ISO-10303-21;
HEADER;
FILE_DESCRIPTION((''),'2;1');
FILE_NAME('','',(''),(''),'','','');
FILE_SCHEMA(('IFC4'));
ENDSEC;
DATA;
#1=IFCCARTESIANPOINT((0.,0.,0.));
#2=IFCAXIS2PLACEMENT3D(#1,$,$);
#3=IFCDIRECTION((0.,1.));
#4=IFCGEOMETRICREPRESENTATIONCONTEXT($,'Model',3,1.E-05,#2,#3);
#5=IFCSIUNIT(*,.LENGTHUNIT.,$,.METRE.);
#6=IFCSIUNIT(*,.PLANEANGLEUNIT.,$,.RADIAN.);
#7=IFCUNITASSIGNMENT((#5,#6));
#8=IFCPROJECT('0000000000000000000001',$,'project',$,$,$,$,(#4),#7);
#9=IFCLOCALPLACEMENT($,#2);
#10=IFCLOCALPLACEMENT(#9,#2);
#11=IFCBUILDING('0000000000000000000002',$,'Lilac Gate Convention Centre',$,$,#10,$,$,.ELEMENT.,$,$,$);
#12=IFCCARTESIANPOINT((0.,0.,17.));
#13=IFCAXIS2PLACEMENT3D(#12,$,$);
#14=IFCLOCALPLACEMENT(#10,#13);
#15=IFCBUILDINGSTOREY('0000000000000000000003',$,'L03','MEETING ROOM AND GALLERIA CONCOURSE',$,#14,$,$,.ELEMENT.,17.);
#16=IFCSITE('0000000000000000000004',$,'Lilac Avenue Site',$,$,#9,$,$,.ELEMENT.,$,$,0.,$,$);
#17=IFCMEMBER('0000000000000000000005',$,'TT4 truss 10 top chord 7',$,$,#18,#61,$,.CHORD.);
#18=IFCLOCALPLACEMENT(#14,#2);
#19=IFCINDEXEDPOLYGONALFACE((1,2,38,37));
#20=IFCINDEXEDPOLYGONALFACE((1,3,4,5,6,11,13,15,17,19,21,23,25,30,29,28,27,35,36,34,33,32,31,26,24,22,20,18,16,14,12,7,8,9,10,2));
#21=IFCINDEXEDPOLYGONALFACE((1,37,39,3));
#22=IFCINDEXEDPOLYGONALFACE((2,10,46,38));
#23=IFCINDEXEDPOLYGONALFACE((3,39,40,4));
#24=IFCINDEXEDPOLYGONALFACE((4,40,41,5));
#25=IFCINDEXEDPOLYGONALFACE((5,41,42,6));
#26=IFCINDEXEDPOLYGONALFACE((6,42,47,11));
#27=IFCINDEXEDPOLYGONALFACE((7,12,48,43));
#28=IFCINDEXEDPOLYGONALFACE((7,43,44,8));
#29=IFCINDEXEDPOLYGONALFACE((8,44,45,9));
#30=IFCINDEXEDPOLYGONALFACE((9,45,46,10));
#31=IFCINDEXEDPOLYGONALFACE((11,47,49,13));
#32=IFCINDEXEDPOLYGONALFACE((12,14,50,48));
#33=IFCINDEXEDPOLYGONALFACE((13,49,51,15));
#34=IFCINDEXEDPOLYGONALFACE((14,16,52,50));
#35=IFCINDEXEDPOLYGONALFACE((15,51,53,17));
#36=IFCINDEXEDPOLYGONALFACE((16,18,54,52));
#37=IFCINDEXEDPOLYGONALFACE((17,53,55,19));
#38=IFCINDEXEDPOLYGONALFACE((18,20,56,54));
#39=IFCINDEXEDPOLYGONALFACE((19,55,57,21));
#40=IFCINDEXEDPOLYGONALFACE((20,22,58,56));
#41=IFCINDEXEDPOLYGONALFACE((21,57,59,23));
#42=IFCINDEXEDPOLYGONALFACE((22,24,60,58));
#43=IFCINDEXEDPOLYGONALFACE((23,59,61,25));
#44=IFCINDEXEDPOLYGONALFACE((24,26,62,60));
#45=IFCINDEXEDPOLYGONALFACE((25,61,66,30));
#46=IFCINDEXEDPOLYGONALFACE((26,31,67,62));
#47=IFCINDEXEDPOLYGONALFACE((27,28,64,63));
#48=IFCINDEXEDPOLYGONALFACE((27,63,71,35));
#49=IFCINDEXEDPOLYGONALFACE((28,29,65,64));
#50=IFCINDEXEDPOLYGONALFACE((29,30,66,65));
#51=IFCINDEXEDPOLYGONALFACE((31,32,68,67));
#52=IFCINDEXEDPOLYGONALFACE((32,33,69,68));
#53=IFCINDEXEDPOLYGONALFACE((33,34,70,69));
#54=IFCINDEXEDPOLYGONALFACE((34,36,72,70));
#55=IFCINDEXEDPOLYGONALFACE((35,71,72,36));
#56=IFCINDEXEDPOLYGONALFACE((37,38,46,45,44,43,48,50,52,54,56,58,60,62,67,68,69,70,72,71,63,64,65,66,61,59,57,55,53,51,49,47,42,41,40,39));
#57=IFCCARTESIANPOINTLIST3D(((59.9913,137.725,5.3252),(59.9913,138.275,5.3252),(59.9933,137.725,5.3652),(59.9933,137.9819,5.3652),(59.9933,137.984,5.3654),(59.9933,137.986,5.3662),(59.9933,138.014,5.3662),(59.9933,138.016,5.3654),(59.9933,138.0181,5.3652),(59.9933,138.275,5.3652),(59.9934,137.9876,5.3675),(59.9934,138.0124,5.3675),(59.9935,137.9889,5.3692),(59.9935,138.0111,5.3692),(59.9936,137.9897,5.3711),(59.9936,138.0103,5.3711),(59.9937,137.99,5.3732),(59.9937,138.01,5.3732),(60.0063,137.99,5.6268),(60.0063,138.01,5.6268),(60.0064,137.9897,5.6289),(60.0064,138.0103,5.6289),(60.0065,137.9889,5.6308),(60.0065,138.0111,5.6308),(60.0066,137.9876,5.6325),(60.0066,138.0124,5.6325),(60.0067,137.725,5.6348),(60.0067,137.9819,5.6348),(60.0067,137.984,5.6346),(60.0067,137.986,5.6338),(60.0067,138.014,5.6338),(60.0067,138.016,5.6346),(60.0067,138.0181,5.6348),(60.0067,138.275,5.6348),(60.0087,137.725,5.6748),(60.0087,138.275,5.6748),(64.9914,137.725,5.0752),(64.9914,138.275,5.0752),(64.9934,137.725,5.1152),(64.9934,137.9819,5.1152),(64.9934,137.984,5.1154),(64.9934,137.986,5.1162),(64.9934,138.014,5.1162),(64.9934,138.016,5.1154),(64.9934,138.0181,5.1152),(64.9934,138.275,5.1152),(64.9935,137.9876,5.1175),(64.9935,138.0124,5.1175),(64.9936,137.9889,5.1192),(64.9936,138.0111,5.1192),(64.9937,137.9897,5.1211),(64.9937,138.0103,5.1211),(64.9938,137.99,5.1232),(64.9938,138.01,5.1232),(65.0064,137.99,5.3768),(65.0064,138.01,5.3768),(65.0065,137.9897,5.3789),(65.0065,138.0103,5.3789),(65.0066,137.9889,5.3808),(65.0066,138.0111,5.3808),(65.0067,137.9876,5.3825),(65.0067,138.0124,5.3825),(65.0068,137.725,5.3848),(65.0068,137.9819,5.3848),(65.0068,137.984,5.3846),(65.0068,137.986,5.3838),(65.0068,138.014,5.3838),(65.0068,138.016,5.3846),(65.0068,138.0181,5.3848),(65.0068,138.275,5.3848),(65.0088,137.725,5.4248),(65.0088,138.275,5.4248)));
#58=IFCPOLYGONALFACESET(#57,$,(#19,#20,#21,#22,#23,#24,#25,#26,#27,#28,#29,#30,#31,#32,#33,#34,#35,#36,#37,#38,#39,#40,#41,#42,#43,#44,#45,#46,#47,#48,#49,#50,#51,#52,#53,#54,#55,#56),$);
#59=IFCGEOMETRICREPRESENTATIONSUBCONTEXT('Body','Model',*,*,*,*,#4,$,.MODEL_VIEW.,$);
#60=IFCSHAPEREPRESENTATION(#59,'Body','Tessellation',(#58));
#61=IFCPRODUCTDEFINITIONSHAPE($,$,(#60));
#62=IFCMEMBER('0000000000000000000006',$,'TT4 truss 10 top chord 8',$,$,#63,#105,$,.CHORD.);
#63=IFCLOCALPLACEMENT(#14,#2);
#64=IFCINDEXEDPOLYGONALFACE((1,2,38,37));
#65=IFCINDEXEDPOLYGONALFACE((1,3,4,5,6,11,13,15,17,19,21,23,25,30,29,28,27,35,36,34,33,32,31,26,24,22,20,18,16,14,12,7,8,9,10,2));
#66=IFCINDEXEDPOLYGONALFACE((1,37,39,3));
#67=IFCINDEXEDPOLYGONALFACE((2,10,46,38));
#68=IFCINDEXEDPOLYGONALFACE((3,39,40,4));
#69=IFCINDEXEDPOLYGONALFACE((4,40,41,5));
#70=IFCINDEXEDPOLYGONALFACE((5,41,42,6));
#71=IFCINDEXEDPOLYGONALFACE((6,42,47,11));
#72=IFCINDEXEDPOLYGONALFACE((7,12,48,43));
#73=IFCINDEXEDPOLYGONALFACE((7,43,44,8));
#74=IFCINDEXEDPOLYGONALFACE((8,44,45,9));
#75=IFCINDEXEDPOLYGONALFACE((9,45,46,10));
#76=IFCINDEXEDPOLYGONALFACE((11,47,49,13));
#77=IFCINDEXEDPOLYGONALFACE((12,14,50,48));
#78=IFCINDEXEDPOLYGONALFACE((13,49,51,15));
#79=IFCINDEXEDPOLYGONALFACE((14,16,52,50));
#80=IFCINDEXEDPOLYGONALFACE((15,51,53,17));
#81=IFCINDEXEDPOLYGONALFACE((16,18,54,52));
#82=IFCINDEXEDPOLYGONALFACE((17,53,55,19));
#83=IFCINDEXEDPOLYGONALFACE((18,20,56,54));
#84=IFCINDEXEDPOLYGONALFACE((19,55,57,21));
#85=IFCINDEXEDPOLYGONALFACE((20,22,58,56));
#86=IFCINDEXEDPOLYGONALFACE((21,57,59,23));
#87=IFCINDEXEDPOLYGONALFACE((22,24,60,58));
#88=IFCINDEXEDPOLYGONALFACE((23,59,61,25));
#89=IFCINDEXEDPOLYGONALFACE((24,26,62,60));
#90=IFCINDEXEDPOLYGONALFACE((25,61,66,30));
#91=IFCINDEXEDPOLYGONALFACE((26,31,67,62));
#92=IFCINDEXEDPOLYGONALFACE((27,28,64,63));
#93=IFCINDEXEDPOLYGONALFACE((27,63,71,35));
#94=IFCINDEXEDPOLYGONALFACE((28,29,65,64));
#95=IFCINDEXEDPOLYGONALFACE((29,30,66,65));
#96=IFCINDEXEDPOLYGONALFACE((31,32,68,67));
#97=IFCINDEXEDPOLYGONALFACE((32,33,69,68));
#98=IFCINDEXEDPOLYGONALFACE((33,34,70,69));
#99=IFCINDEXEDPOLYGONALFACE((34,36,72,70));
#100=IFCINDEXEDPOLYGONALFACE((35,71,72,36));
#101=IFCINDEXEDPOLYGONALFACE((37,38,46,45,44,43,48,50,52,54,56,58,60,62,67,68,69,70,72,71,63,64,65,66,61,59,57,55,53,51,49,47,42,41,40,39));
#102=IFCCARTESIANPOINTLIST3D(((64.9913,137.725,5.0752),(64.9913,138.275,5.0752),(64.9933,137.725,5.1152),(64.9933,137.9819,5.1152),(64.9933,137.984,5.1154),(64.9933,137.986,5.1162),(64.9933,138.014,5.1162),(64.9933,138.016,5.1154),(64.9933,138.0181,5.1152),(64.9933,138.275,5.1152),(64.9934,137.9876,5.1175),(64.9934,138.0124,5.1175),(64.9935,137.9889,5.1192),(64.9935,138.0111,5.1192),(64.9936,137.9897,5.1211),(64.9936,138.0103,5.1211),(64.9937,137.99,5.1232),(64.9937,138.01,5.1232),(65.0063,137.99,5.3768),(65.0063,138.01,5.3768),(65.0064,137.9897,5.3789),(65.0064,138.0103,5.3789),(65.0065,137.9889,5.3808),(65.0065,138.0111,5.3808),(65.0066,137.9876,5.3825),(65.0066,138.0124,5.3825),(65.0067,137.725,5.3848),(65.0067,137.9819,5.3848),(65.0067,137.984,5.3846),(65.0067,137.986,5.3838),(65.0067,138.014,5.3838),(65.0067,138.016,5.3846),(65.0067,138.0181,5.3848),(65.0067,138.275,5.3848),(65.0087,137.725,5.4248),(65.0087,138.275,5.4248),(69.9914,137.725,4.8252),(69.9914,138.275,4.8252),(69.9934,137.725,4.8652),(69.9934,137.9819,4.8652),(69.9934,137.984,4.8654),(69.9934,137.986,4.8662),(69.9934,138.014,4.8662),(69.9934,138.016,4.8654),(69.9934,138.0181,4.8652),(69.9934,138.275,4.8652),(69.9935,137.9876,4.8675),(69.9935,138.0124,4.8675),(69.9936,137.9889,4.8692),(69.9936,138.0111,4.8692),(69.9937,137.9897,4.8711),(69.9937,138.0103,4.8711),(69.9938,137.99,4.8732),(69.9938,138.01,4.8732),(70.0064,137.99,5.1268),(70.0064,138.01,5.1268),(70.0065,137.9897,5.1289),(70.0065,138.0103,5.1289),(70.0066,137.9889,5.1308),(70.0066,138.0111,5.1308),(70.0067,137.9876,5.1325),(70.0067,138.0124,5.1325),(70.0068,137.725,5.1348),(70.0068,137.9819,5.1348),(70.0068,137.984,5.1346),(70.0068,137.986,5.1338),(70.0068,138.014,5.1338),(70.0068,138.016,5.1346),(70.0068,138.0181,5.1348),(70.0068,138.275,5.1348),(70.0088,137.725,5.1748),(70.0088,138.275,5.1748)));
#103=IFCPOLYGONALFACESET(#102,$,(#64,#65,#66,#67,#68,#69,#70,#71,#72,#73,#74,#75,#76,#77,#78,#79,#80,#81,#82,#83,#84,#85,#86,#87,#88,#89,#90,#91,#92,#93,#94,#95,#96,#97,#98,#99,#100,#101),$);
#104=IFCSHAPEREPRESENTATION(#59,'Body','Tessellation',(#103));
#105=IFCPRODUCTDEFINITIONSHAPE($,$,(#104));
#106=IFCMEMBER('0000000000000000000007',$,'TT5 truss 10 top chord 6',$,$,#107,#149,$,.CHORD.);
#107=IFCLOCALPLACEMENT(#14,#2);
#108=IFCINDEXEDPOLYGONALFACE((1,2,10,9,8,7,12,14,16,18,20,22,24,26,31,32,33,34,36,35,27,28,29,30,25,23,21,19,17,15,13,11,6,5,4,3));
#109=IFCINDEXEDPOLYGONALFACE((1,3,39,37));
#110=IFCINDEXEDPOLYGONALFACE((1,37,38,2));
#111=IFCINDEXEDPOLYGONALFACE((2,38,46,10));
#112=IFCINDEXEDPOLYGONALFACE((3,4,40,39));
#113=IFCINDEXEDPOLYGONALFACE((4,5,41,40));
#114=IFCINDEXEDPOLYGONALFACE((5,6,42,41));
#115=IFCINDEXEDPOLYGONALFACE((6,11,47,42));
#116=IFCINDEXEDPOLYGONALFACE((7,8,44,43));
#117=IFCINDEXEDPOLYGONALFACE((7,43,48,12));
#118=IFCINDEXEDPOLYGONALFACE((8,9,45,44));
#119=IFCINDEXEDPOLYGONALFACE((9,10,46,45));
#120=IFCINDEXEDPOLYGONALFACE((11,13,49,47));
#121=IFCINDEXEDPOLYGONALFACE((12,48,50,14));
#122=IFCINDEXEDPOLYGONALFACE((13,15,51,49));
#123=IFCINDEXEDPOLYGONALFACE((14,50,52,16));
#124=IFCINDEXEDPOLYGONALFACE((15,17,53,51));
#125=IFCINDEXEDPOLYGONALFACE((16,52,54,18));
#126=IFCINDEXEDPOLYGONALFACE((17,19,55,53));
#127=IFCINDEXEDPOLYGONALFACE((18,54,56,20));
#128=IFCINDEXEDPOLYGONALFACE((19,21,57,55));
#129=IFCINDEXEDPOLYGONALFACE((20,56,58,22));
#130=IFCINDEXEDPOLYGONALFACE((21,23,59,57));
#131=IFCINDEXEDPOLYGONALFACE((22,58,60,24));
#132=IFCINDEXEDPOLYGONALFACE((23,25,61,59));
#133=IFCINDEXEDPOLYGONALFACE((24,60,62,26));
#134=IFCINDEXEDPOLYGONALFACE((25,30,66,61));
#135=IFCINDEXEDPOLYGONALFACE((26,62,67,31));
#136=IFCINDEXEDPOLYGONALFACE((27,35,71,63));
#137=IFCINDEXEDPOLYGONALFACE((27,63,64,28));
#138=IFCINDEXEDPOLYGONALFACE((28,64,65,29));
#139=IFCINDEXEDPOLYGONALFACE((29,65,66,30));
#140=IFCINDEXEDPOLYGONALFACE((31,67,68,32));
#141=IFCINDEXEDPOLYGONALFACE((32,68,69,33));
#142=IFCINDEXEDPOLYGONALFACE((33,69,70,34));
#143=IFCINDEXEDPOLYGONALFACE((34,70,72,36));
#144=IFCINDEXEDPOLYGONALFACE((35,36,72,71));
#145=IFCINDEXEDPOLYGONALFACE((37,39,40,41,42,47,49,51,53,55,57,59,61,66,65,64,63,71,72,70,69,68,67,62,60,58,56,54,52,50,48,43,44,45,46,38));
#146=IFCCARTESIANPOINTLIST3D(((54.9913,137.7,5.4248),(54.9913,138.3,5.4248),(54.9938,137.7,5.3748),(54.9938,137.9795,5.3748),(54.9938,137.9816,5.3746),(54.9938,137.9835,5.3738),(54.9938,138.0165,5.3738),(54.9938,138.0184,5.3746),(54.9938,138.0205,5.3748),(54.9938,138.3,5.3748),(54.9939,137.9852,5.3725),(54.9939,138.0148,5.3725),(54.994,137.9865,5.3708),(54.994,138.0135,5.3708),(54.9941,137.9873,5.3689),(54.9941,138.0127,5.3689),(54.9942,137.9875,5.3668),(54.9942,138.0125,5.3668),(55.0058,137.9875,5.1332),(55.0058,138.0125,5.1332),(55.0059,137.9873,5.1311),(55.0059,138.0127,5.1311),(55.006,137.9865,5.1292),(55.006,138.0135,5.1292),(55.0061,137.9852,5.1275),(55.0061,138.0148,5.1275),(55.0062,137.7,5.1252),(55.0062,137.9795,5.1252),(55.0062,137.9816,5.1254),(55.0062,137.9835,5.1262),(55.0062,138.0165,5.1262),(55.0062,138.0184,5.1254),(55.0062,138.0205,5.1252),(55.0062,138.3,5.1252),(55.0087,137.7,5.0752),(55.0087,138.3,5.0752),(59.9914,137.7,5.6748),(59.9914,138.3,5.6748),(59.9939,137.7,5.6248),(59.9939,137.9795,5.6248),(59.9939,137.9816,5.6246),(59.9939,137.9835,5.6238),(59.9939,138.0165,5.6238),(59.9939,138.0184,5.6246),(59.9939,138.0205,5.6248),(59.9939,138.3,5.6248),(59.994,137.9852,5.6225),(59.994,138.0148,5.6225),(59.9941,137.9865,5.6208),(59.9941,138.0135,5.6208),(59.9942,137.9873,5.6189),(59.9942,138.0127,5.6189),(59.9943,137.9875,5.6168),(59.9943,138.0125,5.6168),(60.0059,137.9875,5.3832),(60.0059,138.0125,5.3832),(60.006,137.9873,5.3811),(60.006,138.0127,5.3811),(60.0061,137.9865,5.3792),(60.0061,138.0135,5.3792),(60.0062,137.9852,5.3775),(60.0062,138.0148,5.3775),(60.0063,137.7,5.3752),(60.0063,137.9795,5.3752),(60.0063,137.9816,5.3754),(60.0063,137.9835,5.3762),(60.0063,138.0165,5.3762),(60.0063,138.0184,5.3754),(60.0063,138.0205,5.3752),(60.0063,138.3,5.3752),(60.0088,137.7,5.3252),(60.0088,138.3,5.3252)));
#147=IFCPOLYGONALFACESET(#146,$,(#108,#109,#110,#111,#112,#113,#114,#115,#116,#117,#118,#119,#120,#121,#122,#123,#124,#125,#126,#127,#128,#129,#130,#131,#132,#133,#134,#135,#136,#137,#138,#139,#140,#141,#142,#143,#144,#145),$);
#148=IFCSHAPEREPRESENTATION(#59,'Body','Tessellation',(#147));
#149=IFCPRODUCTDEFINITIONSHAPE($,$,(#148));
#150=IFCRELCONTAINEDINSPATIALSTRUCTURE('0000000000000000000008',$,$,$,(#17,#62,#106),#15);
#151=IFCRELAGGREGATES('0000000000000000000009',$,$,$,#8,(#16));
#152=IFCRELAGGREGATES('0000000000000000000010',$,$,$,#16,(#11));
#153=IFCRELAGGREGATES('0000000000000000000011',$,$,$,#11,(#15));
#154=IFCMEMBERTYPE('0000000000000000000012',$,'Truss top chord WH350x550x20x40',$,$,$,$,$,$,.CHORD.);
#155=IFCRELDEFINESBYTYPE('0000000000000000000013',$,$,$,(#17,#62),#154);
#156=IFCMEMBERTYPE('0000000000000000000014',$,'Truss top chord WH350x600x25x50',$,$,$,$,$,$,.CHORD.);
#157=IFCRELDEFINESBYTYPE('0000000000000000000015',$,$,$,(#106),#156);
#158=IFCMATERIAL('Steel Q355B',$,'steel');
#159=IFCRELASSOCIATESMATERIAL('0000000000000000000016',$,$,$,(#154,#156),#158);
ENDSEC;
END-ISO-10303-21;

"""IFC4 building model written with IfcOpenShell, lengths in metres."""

from ifc_helpers import new_model, si_unit, direction, frame, origin, origin_2d, place, context, subcontext, project, spatial, i_section, extrude, material, material_profile, profile_set, type_object, element, save


model = new_model("IFC4")

# Units and contexts
model_context = context("Model", 3, precision=1e-05, world=origin(), true_north=direction((0.0, 1.0)))
body_context = subcontext(model_context, "Body", "Model", "MODEL_VIEW")
ifc_project = project(units=[si_unit("LENGTHUNIT", "METRE"), si_unit("PLANEANGLEUNIT", "RADIAN")], contexts=[model_context])

# Site, building, storey
site_placement = place(None, origin())
site = spatial("IfcSite", under=ifc_project, at=site_placement, Name="Lilac Avenue Site", CompositionType="ELEMENT", RefElevation=0.0)
building_placement = place(site_placement, origin())
building = spatial("IfcBuilding", under=site, at=building_placement, Name="Lilac Gate Convention Centre", CompositionType="ELEMENT")
storey_placement = place(building_placement, frame((0.0, 0.0, 17.0)))
storey = spatial("IfcBuildingStorey", under=building, at=storey_placement, Name="L03", Description="MEETING ROOM AND GALLERIA CONCOURSE", CompositionType="ELEMENT", Elevation=17.0)

# Members
ifc_material = material(Name="Steel Q355B", Category="steel")
ifc_material_profile_1 = material_profile(ifc_material, i_section(OverallWidth=0.55, OverallDepth=0.3501, WebThickness=0.02, FlangeThickness=0.04, FilletRadius=0.0081, at=origin_2d()), Name="WH350x550x20x40")
ifc_profile_set_1 = profile_set([ifc_material_profile_1], Name="Steel Q355B")
member_type_1 = type_object("IfcMemberType", Name="Truss top chord WH350x550x20x40", PredefinedType="CHORD", material=ifc_profile_set_1)
for number, where, z_axis, x_axis, name in (
    (1, (60.0, 138.0, 5.5), (0.998752, 0.0, -0.049938), (0.0, 1.0, 0.0), "TT4 truss 10 top chord 7"),
    (2, (65.0, 138.0, 5.25), (0.998752, 0.0, -0.049938), (0.0, 1.0, 0.0), "TT4 truss 10 top chord 8"),
):
    element("IfcMember", number, at=place(storey_placement, frame(where, z_axis=z_axis, x_axis=x_axis)), inside=storey, type_object=member_type_1, Name=name, PredefinedType="CHORD", context=body_context, shape_type="SweptSolid", body=[
        extrude(i_section(OverallWidth=0.55, OverallDepth=0.3501, WebThickness=0.02, FlangeThickness=0.04, FilletRadius=0.0081, at=origin_2d()), origin(), (0.0, 0.0, 1.0), 5.0063),
    ])
ifc_material_profile_2 = material_profile(ifc_material, i_section(OverallWidth=0.6001, OverallDepth=0.3501, WebThickness=0.0249, FlangeThickness=0.05, FilletRadius=0.0081, at=origin_2d()), Name="WH350x600x25x50")
ifc_profile_set_2 = profile_set([ifc_material_profile_2], Name="Steel Q355B")
member_type_2 = type_object("IfcMemberType", Name="Truss top chord WH350x600x25x50", PredefinedType="CHORD", material=ifc_profile_set_2)
member_1_placement = place(storey_placement, frame((55.0, 138.0, 5.25), z_axis=(0.998752, 0.0, 0.049938), x_axis=(0.0, 1.0, 0.0)))
element("IfcMember", 3, at=member_1_placement, inside=storey, type_object=member_type_2, Name="TT5 truss 10 top chord 6", PredefinedType="CHORD", context=body_context, shape_type="SweptSolid", body=[
    extrude(i_section(OverallWidth=0.6001, OverallDepth=0.3501, WebThickness=0.0249, FlangeThickness=0.05, FilletRadius=0.0081, at=origin_2d()), origin(), (0.0, 0.0, 1.0), 5.0063),
])

save(model, "model.ifc")
